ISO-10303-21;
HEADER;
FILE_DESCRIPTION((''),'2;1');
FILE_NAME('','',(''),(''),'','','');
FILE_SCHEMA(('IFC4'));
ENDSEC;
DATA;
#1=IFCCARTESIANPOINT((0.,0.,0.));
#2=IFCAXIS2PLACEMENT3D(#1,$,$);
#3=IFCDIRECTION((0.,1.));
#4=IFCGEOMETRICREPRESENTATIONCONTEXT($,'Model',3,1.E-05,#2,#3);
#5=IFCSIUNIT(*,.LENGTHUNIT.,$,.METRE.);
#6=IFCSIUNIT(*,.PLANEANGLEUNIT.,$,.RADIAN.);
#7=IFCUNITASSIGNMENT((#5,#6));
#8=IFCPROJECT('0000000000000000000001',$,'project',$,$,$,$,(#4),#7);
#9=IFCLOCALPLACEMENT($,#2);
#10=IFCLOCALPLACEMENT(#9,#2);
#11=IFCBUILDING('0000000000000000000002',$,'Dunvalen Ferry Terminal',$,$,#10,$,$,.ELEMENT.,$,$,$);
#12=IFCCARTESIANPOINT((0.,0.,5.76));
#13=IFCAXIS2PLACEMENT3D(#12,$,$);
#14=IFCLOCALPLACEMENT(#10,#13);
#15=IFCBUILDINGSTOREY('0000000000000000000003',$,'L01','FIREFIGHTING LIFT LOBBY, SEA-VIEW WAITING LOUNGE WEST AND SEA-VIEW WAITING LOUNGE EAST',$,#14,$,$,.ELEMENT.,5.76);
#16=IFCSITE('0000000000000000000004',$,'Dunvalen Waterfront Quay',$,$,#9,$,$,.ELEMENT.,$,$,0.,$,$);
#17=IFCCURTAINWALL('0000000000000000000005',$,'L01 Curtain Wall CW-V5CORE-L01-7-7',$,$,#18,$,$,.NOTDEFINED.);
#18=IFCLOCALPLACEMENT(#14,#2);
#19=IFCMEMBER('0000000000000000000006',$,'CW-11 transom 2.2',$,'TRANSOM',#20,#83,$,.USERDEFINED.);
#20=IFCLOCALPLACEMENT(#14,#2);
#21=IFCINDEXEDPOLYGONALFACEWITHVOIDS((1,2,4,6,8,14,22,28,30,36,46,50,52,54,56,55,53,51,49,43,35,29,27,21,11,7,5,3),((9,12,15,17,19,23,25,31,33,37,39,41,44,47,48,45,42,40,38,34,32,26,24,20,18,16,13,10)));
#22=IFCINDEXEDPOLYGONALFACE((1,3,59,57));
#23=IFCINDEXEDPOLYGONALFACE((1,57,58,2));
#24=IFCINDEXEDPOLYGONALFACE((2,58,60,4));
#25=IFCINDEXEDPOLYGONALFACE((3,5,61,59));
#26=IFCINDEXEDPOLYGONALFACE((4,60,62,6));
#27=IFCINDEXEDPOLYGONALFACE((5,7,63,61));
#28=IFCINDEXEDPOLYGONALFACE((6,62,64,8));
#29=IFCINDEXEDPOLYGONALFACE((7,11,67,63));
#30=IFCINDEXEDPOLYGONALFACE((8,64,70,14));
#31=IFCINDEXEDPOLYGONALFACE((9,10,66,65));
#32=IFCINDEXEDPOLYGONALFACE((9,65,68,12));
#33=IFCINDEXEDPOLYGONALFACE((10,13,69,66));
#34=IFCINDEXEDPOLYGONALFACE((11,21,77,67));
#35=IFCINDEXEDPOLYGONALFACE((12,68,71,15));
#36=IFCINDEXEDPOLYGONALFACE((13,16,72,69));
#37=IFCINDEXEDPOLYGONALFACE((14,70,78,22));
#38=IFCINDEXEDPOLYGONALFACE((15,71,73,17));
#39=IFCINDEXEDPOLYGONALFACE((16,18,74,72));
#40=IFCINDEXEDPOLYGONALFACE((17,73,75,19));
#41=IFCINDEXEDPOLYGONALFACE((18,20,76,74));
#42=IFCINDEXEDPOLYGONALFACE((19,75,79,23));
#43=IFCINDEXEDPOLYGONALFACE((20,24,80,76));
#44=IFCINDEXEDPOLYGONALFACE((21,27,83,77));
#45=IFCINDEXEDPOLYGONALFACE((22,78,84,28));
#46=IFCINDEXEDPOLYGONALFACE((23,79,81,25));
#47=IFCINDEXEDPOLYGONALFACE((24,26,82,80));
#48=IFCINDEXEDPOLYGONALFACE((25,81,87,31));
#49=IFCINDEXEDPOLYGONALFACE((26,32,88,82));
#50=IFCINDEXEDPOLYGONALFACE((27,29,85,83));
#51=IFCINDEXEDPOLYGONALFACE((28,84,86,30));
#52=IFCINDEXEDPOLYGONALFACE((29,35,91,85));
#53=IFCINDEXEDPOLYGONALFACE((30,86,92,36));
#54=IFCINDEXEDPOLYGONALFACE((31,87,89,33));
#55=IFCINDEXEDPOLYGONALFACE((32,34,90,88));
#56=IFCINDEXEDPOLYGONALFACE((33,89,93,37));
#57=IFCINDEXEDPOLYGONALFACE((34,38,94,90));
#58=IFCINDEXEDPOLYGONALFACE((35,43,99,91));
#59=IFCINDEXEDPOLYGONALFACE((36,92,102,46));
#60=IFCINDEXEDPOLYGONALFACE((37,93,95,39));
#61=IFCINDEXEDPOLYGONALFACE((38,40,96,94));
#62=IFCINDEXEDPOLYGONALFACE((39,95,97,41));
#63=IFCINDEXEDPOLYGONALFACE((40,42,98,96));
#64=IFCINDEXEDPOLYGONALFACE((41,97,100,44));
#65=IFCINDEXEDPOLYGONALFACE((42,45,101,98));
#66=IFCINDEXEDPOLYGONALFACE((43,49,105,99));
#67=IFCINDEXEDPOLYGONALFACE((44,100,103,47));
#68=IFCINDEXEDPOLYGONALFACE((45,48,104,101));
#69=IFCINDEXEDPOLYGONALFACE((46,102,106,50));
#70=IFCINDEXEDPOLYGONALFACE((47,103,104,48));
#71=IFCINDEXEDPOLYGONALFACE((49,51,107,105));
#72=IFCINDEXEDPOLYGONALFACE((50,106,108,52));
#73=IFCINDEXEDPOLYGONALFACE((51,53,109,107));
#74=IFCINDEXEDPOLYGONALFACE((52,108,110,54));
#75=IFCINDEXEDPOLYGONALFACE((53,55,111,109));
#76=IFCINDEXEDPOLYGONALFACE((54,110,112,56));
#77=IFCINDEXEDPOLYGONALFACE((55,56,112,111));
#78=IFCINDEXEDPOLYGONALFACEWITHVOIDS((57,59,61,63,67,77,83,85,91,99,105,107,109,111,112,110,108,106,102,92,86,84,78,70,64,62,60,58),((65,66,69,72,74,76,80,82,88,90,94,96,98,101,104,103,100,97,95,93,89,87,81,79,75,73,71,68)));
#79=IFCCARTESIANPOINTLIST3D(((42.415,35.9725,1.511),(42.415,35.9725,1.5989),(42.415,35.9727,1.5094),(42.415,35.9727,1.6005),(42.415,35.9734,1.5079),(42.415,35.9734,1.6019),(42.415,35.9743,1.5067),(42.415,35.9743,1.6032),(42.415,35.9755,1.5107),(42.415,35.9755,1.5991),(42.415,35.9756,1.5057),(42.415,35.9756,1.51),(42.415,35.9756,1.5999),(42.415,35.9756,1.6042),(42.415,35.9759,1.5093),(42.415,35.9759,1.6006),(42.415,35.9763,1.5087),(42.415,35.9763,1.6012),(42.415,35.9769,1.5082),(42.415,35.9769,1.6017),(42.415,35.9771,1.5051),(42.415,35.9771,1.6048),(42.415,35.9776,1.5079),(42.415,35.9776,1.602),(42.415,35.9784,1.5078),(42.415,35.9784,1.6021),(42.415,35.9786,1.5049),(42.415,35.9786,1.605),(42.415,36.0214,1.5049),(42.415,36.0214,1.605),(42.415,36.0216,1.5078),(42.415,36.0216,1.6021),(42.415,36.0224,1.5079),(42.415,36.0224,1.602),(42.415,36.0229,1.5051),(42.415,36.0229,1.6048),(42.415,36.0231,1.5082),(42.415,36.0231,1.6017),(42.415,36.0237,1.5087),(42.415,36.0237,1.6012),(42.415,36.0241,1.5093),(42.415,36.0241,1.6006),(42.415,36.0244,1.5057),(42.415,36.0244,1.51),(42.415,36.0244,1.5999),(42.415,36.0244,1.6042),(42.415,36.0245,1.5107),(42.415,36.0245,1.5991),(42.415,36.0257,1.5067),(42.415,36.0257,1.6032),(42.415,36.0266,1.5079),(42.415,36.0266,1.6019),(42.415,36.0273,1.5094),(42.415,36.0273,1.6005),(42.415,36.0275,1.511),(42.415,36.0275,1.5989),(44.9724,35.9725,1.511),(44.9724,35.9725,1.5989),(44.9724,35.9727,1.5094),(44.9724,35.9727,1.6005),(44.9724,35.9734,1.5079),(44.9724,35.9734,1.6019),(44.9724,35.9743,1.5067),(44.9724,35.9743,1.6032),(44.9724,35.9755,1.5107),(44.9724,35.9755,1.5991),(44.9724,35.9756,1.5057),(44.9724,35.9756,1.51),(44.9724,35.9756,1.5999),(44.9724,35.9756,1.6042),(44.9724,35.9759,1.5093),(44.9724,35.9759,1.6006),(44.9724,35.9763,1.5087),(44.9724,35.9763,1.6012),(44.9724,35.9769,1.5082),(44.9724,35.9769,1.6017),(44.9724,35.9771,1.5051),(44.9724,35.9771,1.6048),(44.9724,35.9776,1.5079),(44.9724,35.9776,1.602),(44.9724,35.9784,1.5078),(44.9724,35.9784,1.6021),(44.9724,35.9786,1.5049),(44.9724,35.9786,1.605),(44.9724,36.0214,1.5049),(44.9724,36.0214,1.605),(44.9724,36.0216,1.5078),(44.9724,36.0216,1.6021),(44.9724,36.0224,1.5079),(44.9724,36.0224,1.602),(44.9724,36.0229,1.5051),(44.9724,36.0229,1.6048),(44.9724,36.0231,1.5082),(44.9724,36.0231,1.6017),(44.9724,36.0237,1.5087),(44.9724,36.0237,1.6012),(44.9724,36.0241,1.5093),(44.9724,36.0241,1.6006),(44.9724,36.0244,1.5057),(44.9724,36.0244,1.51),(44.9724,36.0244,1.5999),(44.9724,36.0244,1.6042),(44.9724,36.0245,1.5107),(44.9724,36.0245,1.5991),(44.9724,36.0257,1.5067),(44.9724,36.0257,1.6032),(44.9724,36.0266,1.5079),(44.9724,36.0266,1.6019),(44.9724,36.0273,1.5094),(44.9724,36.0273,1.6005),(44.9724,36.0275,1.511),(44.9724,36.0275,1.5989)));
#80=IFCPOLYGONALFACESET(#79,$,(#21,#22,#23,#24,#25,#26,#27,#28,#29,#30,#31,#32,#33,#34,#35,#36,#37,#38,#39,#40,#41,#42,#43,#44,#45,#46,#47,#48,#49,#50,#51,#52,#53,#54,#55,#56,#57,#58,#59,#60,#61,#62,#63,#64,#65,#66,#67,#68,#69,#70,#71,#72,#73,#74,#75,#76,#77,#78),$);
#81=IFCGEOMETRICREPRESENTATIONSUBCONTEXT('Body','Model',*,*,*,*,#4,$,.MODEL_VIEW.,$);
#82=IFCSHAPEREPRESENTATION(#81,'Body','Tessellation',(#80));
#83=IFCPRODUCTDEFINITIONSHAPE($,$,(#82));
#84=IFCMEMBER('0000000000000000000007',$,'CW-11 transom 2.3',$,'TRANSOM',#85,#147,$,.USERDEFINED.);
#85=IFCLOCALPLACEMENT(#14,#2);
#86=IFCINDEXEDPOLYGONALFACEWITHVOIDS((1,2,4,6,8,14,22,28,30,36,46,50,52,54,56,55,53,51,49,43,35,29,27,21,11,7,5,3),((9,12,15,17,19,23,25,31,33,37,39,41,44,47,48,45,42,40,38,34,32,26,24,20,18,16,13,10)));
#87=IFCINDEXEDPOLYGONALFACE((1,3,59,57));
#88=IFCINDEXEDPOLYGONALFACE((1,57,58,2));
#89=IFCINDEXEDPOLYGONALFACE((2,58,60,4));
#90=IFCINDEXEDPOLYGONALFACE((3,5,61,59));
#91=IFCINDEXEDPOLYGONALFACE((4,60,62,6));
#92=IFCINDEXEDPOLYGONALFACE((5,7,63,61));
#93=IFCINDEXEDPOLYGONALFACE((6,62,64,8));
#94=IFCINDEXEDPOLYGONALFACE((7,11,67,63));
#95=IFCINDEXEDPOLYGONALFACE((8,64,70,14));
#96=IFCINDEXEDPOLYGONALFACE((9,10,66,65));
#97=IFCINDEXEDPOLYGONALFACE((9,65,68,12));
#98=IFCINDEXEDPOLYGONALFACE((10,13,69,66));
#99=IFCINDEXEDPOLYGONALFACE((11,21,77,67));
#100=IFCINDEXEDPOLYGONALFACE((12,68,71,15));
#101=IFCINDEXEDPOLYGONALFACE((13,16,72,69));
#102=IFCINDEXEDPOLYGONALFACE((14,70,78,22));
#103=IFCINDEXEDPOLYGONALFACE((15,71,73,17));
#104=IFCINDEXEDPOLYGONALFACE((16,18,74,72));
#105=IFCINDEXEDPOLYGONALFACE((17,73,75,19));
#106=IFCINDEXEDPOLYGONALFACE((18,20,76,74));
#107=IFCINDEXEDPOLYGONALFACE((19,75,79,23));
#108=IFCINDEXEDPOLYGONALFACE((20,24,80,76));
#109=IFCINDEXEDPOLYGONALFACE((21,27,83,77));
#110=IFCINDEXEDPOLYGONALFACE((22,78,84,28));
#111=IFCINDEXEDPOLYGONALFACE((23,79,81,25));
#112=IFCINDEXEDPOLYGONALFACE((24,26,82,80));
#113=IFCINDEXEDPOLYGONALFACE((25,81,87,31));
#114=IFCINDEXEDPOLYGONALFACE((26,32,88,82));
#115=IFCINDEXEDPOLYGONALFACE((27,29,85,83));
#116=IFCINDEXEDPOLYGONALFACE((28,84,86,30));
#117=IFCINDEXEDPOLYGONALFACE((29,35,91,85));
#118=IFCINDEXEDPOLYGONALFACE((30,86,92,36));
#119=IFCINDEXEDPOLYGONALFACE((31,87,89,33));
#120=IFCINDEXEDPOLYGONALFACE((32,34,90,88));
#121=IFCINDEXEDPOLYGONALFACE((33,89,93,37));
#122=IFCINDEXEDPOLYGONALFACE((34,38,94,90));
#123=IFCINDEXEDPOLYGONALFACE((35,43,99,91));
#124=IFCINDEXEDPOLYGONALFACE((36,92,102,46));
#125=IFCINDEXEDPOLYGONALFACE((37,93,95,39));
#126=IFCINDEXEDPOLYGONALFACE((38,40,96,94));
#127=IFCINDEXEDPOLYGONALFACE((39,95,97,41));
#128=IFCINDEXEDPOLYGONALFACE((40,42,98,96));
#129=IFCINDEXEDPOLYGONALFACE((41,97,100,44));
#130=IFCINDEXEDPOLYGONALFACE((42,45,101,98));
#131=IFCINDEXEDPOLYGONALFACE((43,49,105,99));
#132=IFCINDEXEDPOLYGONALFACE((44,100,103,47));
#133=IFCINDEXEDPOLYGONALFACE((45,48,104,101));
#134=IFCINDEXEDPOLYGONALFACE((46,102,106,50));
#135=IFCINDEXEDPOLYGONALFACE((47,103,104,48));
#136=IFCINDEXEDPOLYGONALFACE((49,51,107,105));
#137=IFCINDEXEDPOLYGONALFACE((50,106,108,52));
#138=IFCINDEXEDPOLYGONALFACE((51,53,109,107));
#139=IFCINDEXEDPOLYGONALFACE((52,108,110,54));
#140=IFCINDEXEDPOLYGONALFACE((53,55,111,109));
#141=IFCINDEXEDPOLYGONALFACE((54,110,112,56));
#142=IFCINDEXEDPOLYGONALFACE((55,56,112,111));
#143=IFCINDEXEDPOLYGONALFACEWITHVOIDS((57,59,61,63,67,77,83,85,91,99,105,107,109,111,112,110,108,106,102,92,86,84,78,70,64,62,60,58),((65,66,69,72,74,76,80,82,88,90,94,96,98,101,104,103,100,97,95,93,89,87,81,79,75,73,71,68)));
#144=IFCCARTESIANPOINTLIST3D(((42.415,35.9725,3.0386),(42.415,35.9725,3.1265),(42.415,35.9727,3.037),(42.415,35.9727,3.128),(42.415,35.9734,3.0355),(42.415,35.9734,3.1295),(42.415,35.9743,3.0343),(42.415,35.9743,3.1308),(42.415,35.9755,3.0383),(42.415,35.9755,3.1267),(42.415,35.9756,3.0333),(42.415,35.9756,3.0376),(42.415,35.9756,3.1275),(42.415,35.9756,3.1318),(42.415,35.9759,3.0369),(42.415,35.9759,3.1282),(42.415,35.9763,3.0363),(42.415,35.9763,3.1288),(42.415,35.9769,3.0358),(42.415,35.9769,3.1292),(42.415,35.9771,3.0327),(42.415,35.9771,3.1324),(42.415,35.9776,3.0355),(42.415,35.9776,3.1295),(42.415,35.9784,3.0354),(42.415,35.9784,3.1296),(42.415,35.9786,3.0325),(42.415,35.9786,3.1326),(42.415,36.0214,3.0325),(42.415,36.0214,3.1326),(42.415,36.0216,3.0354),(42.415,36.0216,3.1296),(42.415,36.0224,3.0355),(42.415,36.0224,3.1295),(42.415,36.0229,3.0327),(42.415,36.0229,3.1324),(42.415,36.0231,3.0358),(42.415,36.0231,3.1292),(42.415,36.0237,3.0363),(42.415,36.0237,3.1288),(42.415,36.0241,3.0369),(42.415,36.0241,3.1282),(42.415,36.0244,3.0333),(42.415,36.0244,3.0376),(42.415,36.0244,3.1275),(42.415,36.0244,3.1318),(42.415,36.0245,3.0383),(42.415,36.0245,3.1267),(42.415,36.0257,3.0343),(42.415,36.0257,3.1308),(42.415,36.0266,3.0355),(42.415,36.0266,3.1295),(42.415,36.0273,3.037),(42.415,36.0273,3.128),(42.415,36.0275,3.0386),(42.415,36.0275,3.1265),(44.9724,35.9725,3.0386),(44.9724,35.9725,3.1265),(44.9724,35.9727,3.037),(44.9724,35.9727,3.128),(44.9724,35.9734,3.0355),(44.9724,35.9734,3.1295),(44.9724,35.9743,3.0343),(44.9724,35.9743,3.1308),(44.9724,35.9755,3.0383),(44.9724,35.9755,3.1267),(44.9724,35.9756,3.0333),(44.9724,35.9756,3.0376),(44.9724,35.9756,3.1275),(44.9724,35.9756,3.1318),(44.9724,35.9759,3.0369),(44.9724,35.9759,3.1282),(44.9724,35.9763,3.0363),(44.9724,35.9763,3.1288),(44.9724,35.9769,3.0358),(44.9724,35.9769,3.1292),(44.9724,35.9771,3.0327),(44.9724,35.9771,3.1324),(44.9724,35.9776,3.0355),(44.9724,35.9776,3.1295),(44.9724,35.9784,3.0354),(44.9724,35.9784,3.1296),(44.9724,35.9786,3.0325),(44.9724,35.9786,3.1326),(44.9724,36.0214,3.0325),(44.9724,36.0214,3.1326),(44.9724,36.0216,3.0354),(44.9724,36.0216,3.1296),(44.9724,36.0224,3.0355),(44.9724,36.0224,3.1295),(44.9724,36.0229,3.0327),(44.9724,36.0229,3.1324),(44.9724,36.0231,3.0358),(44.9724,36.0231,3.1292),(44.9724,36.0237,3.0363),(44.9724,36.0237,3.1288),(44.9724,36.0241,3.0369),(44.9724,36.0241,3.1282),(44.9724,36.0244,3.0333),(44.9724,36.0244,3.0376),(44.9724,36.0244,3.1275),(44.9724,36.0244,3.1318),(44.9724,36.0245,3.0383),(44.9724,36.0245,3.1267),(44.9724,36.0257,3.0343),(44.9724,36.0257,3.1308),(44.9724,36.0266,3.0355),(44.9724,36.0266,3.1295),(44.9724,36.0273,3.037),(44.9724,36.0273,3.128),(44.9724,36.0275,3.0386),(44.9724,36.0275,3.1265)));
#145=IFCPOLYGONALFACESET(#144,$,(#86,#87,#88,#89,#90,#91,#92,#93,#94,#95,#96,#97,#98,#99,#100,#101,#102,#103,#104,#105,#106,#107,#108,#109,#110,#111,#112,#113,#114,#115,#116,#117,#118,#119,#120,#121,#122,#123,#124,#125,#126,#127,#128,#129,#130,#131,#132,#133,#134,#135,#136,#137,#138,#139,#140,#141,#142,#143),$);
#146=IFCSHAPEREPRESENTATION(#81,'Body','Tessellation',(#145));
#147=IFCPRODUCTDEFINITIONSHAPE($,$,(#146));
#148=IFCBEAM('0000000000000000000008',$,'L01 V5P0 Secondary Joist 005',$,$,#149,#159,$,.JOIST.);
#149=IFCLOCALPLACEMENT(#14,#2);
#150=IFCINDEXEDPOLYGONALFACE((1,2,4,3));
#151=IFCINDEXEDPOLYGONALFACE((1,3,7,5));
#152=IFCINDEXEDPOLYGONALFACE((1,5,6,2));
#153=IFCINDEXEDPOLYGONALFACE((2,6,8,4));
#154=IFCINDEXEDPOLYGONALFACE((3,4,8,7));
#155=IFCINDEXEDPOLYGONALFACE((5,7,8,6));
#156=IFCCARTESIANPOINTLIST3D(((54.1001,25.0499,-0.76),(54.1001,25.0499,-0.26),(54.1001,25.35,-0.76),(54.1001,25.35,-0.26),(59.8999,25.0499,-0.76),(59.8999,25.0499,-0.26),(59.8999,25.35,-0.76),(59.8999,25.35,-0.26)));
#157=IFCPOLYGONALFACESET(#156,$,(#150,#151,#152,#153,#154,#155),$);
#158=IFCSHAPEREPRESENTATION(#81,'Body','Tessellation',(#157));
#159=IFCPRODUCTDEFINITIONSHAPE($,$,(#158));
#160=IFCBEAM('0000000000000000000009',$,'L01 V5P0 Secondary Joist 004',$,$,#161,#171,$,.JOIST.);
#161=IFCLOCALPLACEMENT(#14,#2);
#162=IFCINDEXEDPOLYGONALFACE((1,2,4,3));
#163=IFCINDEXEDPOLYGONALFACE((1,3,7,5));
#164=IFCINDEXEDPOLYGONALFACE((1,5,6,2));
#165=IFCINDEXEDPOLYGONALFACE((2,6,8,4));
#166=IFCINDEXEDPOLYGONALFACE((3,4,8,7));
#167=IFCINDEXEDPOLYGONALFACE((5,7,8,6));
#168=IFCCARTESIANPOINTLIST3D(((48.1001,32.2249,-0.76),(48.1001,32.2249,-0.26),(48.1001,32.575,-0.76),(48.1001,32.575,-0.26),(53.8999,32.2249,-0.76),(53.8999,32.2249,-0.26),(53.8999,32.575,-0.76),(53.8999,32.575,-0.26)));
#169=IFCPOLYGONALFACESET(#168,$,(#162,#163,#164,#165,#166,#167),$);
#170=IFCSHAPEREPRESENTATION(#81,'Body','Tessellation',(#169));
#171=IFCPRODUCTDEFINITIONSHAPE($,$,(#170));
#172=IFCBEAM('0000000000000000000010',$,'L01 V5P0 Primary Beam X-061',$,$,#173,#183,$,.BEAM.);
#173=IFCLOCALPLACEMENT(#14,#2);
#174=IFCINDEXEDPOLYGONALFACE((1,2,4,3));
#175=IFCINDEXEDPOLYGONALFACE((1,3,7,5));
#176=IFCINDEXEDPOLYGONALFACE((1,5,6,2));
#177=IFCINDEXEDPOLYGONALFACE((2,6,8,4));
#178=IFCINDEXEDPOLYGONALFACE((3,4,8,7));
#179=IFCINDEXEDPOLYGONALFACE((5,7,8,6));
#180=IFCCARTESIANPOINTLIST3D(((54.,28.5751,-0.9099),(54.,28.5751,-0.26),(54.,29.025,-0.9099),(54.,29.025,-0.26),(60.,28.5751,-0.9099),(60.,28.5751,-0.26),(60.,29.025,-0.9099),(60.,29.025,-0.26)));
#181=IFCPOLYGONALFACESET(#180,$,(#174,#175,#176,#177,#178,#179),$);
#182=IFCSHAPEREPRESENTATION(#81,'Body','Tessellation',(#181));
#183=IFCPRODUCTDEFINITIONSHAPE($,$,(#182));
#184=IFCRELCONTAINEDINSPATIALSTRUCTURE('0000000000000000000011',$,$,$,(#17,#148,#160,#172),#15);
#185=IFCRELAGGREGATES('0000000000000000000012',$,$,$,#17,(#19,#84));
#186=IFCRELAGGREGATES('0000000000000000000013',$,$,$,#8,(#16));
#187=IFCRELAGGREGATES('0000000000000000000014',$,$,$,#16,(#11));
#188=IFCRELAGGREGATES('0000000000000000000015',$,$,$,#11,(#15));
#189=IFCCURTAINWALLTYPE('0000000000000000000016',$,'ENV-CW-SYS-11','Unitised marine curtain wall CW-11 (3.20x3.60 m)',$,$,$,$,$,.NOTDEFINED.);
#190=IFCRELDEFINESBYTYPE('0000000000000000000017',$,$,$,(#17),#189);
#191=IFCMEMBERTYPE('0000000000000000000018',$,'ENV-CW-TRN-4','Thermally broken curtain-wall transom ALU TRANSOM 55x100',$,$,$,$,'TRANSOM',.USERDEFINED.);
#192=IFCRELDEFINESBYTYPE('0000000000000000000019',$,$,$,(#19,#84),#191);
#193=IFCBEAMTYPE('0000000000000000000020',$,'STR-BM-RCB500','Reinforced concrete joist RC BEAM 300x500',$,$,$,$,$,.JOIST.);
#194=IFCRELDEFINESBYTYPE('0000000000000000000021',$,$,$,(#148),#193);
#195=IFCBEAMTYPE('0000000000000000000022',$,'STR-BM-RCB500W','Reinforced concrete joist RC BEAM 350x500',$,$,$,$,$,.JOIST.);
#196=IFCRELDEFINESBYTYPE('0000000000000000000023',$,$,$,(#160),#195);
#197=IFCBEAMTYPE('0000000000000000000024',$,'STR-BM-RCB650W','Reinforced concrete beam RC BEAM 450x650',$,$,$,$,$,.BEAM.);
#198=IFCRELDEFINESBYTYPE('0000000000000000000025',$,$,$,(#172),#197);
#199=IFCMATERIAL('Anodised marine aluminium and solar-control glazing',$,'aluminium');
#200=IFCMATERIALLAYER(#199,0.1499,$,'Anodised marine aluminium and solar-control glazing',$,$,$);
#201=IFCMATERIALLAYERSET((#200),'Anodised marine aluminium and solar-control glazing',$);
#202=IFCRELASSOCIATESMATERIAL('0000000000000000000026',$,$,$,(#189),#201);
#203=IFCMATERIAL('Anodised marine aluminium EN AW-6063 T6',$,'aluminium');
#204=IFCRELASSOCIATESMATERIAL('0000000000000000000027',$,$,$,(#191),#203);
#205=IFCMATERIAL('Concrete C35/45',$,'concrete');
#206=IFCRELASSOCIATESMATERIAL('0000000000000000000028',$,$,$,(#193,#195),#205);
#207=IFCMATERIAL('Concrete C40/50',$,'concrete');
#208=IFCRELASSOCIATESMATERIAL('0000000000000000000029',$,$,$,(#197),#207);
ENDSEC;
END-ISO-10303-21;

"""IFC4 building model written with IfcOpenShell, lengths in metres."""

from ifc_helpers import new_model, si_unit, direction, frame, origin, origin_2d, place, context, subcontext, project, spatial, rectangle, hollow_rectangle, extrude, material, layer, layer_set, material_profile, profile_set, type_object, element, aggregate, save


model = new_model("IFC4")

# Units and contexts
model_context = context("Model", 3, precision=1e-05, world=origin(), true_north=direction((0.0, 1.0)))
body_context = subcontext(model_context, "Body", "Model", "MODEL_VIEW")
ifc_project = project(units=[si_unit("LENGTHUNIT", "METRE"), si_unit("PLANEANGLEUNIT", "RADIAN")], contexts=[model_context])

# Site, building, storey
site_placement = place(None, origin())
site = spatial("IfcSite", under=ifc_project, at=site_placement, Name="Dunvalen Waterfront Quay", CompositionType="ELEMENT", RefElevation=0.0)
building_placement = place(site_placement, origin())
building = spatial("IfcBuilding", under=site, at=building_placement, Name="Dunvalen Ferry Terminal", CompositionType="ELEMENT")
storey_placement = place(building_placement, frame((0.0, 0.0, 5.76)))
storey = spatial("IfcBuildingStorey", under=building, at=storey_placement, Name="L01", Description="FIREFIGHTING LIFT LOBBY, SEA-VIEW WAITING LOUNGE WEST AND SEA-VIEW WAITING LOUNGE EAST", CompositionType="ELEMENT", Elevation=5.76)

# Shared definitions
ifc_material_1 = material(Name="Concrete C40/50", Category="concrete")

# Curtain wall, members
ifc_material_2 = material(Name="Anodised marine aluminium and solar-control glazing", Category="aluminium")
ifc_layer_1 = layer(ifc_material_2, 0.1499, Name="Anodised marine aluminium and solar-control glazing")
ifc_layer_set_1 = layer_set([ifc_layer_1], Name="Anodised marine aluminium and solar-control glazing")
curtain_wall_type = type_object("IfcCurtainWallType", Name="ENV-CW-SYS-11", Description="Unitised marine curtain wall CW-11 (3.20x3.60 m)", PredefinedType="NOTDEFINED", material=ifc_layer_set_1)
curtain_wall_placement = place(storey_placement, origin())
curtain_wall = element("IfcCurtainWall", 1, at=curtain_wall_placement, inside=storey, type_object=curtain_wall_type, Name="L01 Curtain Wall CW-V5CORE-L01-7-7", PredefinedType="NOTDEFINED")
ifc_material_3 = material(Name="Anodised marine aluminium EN AW-6063 T6", Category="aluminium")
ifc_material_profile_1 = material_profile(ifc_material_3, hollow_rectangle(XDim=0.0549, YDim=0.1001, WallThickness=0.0029, InnerFilletRadius=0.0029, OuterFilletRadius=0.0061, at=origin_2d()), Name="Anodised marine aluminium EN AW-6063 T6")
ifc_profile_set_1 = profile_set([ifc_material_profile_1], Name="Anodised marine aluminium EN AW-6063 T6")
member_type_1 = type_object("IfcMemberType", Name="ENV-CW-TRN-4", Description="Thermally broken curtain-wall transom ALU TRANSOM 55x100", ElementType="TRANSOM", PredefinedType="USERDEFINED", material=ifc_profile_set_1)
member_1_placement = place(storey_placement, frame((44.9724, 36.0, 1.5549), z_axis=(-1.0, 0.0, 0.0), x_axis=(0.0, -1.0, 0.0)))
member_1 = element("IfcMember", 2, at=member_1_placement, type_object=member_type_1, Name="CW-11 transom 2.2", ObjectType="TRANSOM", PredefinedType="USERDEFINED", context=body_context, shape_type="SweptSolid", body=[
    extrude(hollow_rectangle(XDim=0.0549, YDim=0.1001, WallThickness=0.0029, InnerFilletRadius=0.0029, OuterFilletRadius=0.0061, at=origin_2d()), origin(), (0.0, 0.0, 1.0), 2.5574),
])
member_2_placement = place(storey_placement, frame((44.9724, 36.0, 3.0825), z_axis=(-1.0, 0.0, 0.0), x_axis=(0.0, -1.0, 0.0)))
member_2 = element("IfcMember", 3, at=member_2_placement, type_object=member_type_1, Name="CW-11 transom 2.3", ObjectType="TRANSOM", PredefinedType="USERDEFINED", context=body_context, shape_type="SweptSolid", body=[
    extrude(hollow_rectangle(XDim=0.0549, YDim=0.1001, WallThickness=0.0029, InnerFilletRadius=0.0029, OuterFilletRadius=0.0061, at=origin_2d()), origin(), (0.0, 0.0, 1.0), 2.5574),
])

# Beams
ifc_material_4 = material(Name="Concrete C35/45", Category="concrete")
ifc_material_profile_2 = material_profile(ifc_material_4, rectangle(XDim=0.3, YDim=0.5, at=origin_2d()), Name="Concrete C35/45")
ifc_profile_set_2 = profile_set([ifc_material_profile_2], Name="Concrete C35/45")
beam_type_1 = type_object("IfcBeamType", Name="STR-BM-RCB500", Description="Reinforced concrete joist RC BEAM 300x500", PredefinedType="JOIST", material=ifc_profile_set_2)
beam_1_placement = place(storey_placement, frame((54.1001, 25.2, -0.51), z_axis=(1.0, 0.0, 0.0), x_axis=(0.0, 1.0, 0.0)))
element("IfcBeam", 4, at=beam_1_placement, inside=storey, type_object=beam_type_1, Name="L01 V5P0 Secondary Joist 005", PredefinedType="JOIST", context=body_context, shape_type="SweptSolid", body=[
    extrude(rectangle(XDim=0.3, YDim=0.5, at=origin_2d()), origin(), (0.0, 0.0, 1.0), 5.7998),
])
ifc_material_profile_3 = material_profile(ifc_material_4, rectangle(XDim=0.3501, YDim=0.5, at=origin_2d()), Name="Concrete C35/45")
ifc_profile_set_3 = profile_set([ifc_material_profile_3], Name="Concrete C35/45")
beam_type_2 = type_object("IfcBeamType", Name="STR-BM-RCB500W", Description="Reinforced concrete joist RC BEAM 350x500", PredefinedType="JOIST", material=ifc_profile_set_3)
beam_2_placement = place(storey_placement, frame((48.1001, 32.3999, -0.51), z_axis=(1.0, 0.0, 0.0), x_axis=(0.0, 1.0, 0.0)))
element("IfcBeam", 5, at=beam_2_placement, inside=storey, type_object=beam_type_2, Name="L01 V5P0 Secondary Joist 004", PredefinedType="JOIST", context=body_context, shape_type="SweptSolid", body=[
    extrude(rectangle(XDim=0.3501, YDim=0.5, at=origin_2d()), origin(), (0.0, 0.0, 1.0), 5.7998),
])
ifc_material_profile_4 = material_profile(ifc_material_1, rectangle(XDim=0.45, YDim=0.6499, at=origin_2d()), Name="Concrete C40/50")
ifc_profile_set_4 = profile_set([ifc_material_profile_4], Name="Concrete C40/50")
beam_type_3 = type_object("IfcBeamType", Name="STR-BM-RCB650W", Description="Reinforced concrete beam RC BEAM 450x650", PredefinedType="BEAM", material=ifc_profile_set_4)
beam_3_placement = place(storey_placement, frame((54.0, 28.8, -0.585), z_axis=(1.0, 0.0, 0.0), x_axis=(0.0, 1.0, 0.0)))
element("IfcBeam", 6, at=beam_3_placement, inside=storey, type_object=beam_type_3, Name="L01 V5P0 Primary Beam X-061", PredefinedType="BEAM", context=body_context, shape_type="SweptSolid", body=[
    extrude(rectangle(XDim=0.45, YDim=0.6499, at=origin_2d()), origin(), (0.0, 0.0, 1.0), 6.0),
])

aggregate(curtain_wall, [member_1, member_2])

save(model, "model.ifc")
